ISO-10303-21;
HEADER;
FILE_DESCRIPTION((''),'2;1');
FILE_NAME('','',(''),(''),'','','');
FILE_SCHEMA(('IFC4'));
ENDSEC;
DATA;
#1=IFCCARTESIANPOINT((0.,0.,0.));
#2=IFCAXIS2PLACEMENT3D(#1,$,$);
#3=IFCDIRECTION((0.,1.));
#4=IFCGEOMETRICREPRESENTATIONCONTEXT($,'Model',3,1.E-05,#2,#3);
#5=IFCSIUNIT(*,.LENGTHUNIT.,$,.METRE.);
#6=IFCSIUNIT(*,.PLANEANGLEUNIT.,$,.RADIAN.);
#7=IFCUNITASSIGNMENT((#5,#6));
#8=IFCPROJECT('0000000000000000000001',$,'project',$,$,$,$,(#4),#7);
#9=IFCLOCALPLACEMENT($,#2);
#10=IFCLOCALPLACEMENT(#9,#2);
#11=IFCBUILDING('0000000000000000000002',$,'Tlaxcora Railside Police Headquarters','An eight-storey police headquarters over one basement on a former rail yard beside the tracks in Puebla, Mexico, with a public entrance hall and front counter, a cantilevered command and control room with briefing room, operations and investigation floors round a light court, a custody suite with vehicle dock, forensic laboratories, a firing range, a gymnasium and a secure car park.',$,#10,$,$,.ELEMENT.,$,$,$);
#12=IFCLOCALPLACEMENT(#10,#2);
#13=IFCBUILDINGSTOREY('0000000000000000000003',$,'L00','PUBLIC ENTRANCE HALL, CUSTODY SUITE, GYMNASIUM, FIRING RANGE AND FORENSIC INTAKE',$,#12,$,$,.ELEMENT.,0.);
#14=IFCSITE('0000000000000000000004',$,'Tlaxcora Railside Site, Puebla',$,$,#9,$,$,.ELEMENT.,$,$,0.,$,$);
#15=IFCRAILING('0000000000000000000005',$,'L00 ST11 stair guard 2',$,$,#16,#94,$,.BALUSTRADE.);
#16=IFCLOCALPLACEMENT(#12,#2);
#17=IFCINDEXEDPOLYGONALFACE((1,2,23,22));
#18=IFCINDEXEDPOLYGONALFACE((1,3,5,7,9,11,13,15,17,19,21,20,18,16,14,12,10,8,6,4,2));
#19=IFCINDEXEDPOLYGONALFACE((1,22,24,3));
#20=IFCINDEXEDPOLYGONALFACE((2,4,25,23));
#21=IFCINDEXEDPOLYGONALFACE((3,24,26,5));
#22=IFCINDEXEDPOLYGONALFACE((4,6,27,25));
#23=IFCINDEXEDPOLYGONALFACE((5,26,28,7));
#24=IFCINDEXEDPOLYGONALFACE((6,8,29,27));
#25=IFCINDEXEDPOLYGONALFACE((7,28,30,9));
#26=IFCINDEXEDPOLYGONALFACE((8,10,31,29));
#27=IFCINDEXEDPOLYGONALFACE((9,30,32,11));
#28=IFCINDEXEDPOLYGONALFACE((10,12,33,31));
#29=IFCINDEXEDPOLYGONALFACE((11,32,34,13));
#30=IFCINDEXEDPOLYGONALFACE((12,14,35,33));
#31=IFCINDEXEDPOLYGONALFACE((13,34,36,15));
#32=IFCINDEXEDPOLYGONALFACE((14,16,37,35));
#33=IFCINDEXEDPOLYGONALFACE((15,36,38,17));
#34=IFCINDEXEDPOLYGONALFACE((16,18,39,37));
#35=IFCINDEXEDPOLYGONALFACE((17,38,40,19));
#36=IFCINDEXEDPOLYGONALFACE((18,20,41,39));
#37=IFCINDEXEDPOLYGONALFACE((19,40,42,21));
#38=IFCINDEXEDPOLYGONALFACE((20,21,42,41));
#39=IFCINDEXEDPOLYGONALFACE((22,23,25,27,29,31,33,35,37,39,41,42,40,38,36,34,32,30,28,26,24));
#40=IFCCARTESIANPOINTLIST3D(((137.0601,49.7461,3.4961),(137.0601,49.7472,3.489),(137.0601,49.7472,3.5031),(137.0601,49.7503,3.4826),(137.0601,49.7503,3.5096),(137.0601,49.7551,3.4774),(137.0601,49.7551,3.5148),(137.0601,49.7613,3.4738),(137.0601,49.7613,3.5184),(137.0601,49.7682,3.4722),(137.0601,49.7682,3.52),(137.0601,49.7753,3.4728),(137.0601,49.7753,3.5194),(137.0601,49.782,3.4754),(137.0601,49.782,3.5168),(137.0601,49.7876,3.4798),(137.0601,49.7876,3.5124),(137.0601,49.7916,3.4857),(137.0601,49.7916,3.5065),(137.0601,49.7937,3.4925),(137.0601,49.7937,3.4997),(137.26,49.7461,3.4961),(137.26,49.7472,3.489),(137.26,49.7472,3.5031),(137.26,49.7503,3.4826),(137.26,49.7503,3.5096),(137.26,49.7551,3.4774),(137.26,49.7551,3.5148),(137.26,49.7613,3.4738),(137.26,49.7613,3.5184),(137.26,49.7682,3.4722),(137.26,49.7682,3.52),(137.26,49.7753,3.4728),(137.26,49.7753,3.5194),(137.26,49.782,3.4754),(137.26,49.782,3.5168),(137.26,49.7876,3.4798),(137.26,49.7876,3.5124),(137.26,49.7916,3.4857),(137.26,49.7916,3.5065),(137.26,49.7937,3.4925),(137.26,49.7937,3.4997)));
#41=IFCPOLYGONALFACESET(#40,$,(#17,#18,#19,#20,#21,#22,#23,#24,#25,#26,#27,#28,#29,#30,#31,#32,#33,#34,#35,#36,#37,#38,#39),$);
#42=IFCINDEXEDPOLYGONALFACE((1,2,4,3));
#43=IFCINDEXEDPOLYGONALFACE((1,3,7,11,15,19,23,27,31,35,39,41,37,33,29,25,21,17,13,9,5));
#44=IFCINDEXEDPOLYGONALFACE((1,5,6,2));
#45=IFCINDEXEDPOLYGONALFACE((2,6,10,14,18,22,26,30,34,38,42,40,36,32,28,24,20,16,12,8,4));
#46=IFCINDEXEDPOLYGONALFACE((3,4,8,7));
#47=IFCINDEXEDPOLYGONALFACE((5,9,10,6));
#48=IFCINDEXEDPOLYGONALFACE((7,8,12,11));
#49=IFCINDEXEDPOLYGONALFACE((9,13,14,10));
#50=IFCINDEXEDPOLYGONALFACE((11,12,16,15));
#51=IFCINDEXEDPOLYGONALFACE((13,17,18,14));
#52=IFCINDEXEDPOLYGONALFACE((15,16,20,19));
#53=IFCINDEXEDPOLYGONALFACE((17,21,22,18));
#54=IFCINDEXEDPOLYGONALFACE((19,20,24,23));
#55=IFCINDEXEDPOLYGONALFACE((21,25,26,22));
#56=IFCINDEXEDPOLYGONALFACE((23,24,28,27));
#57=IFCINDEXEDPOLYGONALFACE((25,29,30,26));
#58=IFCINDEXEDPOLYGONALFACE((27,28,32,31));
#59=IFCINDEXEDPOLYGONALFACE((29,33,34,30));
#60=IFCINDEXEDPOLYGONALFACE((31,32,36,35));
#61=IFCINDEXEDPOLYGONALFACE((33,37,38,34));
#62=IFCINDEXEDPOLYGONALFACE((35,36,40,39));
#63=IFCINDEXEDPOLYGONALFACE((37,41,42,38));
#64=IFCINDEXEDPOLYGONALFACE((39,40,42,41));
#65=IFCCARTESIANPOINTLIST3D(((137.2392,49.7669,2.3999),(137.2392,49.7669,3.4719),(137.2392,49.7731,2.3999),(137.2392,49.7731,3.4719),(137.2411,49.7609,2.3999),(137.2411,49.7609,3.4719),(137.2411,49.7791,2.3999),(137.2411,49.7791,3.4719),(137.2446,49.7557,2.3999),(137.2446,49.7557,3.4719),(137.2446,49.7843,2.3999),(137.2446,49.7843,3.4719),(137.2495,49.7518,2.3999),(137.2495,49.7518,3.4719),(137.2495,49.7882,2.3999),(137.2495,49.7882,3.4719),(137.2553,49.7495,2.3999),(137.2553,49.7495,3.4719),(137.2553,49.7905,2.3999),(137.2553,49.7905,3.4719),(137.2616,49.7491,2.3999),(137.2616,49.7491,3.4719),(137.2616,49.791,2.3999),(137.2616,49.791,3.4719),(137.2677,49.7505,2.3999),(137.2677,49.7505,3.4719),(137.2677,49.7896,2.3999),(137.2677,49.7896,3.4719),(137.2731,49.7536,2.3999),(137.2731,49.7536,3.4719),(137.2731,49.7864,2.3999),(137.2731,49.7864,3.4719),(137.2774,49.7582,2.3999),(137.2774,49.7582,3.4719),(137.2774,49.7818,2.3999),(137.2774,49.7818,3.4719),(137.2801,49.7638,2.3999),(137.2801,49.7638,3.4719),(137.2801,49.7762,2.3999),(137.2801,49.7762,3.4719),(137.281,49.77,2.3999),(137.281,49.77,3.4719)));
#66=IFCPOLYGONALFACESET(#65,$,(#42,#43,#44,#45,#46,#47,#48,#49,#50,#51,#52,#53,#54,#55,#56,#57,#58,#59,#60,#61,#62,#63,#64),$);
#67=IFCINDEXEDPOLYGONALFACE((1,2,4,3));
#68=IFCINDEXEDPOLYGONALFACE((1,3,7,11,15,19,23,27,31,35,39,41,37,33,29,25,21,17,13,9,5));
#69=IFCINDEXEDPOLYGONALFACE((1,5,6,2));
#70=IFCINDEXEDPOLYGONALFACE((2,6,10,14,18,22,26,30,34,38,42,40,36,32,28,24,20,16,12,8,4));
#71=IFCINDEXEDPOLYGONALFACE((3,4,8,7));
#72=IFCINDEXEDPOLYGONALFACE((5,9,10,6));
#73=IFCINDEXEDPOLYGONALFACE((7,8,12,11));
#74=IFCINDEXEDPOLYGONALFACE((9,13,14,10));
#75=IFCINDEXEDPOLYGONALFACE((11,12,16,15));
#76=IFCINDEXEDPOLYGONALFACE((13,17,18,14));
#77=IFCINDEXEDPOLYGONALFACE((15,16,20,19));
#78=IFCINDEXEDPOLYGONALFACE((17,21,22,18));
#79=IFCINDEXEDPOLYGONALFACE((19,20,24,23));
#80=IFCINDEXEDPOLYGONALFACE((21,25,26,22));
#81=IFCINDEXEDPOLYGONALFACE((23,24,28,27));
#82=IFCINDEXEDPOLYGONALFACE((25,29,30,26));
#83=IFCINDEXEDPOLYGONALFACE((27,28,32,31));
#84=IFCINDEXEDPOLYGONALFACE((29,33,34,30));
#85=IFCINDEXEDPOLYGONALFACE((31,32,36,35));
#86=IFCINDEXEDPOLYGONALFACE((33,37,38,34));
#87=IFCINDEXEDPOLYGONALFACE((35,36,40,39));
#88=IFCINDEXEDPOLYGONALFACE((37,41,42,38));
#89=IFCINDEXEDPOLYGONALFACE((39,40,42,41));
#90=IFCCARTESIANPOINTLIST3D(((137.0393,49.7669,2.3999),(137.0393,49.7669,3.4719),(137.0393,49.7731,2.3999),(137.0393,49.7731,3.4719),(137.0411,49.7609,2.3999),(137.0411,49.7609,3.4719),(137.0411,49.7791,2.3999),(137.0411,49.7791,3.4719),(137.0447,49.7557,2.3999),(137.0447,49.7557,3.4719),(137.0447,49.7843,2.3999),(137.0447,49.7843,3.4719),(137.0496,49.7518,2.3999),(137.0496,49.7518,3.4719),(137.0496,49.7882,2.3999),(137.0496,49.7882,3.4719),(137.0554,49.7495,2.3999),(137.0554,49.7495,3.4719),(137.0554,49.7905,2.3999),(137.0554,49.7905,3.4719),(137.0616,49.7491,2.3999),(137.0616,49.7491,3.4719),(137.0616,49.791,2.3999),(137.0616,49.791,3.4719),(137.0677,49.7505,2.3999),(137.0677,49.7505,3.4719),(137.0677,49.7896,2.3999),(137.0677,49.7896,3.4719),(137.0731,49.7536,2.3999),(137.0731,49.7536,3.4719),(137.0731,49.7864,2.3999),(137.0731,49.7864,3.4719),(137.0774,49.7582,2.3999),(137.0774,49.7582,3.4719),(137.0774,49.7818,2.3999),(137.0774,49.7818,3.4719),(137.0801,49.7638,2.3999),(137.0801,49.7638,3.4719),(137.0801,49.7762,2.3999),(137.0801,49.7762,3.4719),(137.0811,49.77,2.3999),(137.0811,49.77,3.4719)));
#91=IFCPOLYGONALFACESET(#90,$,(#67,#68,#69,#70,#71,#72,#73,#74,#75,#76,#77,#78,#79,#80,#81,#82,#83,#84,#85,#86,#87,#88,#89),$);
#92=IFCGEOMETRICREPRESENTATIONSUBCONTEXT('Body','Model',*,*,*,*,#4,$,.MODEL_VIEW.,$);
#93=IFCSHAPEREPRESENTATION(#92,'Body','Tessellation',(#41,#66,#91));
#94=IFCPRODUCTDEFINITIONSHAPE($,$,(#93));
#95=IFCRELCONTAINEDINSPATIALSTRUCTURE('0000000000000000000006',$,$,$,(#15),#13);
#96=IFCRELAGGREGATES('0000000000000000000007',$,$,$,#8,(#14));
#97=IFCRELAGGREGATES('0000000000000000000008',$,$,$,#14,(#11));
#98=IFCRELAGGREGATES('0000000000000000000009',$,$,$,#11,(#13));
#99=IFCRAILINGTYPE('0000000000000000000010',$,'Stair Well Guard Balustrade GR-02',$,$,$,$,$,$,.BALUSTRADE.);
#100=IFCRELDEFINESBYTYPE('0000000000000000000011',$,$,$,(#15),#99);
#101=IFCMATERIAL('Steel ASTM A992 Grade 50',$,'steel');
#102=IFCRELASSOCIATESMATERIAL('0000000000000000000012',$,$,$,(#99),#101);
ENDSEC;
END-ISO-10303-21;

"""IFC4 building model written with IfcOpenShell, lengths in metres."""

from ifc_helpers import new_model, si_unit, direction, frame, origin, origin_2d, place, context, subcontext, project, spatial, circle, extrude, material, type_object, element, save


model = new_model("IFC4")

# Units and contexts
model_context = context("Model", 3, precision=1e-05, world=origin(), true_north=direction((0.0, 1.0)))
body_context = subcontext(model_context, "Body", "Model", "MODEL_VIEW")
ifc_project = project(units=[si_unit("LENGTHUNIT", "METRE"), si_unit("PLANEANGLEUNIT", "RADIAN")], contexts=[model_context])

# Site, building, storey
site_placement = place(None, origin())
site = spatial("IfcSite", under=ifc_project, at=site_placement, Name="Tlaxcora Railside Site, Puebla", CompositionType="ELEMENT", RefElevation=0.0)
building_placement = place(site_placement, origin())
building = spatial("IfcBuilding", under=site, at=building_placement, Name="Tlaxcora Railside Police Headquarters", Description="An eight-storey police headquarters over one basement on a former rail yard beside the tracks in Puebla, Mexico, with a public entrance hall and front counter, a cantilevered command and control room with briefing room, operations and investigation floors round a light court, a custody suite with vehicle dock, forensic laboratories, a firing range, a gymnasium and a secure car park.", CompositionType="ELEMENT")
storey_placement = place(building_placement, origin())
storey = spatial("IfcBuildingStorey", under=building, at=storey_placement, Name="L00", Description="PUBLIC ENTRANCE HALL, CUSTODY SUITE, GYMNASIUM, FIRING RANGE AND FORENSIC INTAKE", CompositionType="ELEMENT", Elevation=0.0)

# Shared definitions
ifc_material_1 = material(Name="Steel ASTM A992 Grade 50", Category="steel")

# Railing
railing_type_1 = type_object("IfcRailingType", Name="Stair Well Guard Balustrade GR-02", PredefinedType="BALUSTRADE", material=ifc_material_1)
railing_1_placement = place(storey_placement, frame((137.26, 49.77, 2.3999)))
element("IfcRailing", 1, at=railing_1_placement, inside=storey, type_object=railing_type_1, Name="L00 ST11 stair guard 2", PredefinedType="BALUSTRADE", context=body_context, shape_type="SweptSolid", body=[
    extrude(circle(Radius=0.0239, at=origin_2d()), frame((0.0, 0.0, 1.0962), z_axis=(-1.0, 0.0, 0.0), x_axis=(0.0, -1.0, 0.0)), (0.0, 0.0, 1.0), 0.2),
    extrude(circle(Radius=0.021, at=origin_2d()), origin(), (0.0, 0.0, 1.0), 1.072),
    extrude(circle(Radius=0.021, at=origin_2d()), frame((-0.2, 0.0, 0.0)), (0.0, 0.0, 1.0), 1.072),
])

save(model, "model.ifc")
